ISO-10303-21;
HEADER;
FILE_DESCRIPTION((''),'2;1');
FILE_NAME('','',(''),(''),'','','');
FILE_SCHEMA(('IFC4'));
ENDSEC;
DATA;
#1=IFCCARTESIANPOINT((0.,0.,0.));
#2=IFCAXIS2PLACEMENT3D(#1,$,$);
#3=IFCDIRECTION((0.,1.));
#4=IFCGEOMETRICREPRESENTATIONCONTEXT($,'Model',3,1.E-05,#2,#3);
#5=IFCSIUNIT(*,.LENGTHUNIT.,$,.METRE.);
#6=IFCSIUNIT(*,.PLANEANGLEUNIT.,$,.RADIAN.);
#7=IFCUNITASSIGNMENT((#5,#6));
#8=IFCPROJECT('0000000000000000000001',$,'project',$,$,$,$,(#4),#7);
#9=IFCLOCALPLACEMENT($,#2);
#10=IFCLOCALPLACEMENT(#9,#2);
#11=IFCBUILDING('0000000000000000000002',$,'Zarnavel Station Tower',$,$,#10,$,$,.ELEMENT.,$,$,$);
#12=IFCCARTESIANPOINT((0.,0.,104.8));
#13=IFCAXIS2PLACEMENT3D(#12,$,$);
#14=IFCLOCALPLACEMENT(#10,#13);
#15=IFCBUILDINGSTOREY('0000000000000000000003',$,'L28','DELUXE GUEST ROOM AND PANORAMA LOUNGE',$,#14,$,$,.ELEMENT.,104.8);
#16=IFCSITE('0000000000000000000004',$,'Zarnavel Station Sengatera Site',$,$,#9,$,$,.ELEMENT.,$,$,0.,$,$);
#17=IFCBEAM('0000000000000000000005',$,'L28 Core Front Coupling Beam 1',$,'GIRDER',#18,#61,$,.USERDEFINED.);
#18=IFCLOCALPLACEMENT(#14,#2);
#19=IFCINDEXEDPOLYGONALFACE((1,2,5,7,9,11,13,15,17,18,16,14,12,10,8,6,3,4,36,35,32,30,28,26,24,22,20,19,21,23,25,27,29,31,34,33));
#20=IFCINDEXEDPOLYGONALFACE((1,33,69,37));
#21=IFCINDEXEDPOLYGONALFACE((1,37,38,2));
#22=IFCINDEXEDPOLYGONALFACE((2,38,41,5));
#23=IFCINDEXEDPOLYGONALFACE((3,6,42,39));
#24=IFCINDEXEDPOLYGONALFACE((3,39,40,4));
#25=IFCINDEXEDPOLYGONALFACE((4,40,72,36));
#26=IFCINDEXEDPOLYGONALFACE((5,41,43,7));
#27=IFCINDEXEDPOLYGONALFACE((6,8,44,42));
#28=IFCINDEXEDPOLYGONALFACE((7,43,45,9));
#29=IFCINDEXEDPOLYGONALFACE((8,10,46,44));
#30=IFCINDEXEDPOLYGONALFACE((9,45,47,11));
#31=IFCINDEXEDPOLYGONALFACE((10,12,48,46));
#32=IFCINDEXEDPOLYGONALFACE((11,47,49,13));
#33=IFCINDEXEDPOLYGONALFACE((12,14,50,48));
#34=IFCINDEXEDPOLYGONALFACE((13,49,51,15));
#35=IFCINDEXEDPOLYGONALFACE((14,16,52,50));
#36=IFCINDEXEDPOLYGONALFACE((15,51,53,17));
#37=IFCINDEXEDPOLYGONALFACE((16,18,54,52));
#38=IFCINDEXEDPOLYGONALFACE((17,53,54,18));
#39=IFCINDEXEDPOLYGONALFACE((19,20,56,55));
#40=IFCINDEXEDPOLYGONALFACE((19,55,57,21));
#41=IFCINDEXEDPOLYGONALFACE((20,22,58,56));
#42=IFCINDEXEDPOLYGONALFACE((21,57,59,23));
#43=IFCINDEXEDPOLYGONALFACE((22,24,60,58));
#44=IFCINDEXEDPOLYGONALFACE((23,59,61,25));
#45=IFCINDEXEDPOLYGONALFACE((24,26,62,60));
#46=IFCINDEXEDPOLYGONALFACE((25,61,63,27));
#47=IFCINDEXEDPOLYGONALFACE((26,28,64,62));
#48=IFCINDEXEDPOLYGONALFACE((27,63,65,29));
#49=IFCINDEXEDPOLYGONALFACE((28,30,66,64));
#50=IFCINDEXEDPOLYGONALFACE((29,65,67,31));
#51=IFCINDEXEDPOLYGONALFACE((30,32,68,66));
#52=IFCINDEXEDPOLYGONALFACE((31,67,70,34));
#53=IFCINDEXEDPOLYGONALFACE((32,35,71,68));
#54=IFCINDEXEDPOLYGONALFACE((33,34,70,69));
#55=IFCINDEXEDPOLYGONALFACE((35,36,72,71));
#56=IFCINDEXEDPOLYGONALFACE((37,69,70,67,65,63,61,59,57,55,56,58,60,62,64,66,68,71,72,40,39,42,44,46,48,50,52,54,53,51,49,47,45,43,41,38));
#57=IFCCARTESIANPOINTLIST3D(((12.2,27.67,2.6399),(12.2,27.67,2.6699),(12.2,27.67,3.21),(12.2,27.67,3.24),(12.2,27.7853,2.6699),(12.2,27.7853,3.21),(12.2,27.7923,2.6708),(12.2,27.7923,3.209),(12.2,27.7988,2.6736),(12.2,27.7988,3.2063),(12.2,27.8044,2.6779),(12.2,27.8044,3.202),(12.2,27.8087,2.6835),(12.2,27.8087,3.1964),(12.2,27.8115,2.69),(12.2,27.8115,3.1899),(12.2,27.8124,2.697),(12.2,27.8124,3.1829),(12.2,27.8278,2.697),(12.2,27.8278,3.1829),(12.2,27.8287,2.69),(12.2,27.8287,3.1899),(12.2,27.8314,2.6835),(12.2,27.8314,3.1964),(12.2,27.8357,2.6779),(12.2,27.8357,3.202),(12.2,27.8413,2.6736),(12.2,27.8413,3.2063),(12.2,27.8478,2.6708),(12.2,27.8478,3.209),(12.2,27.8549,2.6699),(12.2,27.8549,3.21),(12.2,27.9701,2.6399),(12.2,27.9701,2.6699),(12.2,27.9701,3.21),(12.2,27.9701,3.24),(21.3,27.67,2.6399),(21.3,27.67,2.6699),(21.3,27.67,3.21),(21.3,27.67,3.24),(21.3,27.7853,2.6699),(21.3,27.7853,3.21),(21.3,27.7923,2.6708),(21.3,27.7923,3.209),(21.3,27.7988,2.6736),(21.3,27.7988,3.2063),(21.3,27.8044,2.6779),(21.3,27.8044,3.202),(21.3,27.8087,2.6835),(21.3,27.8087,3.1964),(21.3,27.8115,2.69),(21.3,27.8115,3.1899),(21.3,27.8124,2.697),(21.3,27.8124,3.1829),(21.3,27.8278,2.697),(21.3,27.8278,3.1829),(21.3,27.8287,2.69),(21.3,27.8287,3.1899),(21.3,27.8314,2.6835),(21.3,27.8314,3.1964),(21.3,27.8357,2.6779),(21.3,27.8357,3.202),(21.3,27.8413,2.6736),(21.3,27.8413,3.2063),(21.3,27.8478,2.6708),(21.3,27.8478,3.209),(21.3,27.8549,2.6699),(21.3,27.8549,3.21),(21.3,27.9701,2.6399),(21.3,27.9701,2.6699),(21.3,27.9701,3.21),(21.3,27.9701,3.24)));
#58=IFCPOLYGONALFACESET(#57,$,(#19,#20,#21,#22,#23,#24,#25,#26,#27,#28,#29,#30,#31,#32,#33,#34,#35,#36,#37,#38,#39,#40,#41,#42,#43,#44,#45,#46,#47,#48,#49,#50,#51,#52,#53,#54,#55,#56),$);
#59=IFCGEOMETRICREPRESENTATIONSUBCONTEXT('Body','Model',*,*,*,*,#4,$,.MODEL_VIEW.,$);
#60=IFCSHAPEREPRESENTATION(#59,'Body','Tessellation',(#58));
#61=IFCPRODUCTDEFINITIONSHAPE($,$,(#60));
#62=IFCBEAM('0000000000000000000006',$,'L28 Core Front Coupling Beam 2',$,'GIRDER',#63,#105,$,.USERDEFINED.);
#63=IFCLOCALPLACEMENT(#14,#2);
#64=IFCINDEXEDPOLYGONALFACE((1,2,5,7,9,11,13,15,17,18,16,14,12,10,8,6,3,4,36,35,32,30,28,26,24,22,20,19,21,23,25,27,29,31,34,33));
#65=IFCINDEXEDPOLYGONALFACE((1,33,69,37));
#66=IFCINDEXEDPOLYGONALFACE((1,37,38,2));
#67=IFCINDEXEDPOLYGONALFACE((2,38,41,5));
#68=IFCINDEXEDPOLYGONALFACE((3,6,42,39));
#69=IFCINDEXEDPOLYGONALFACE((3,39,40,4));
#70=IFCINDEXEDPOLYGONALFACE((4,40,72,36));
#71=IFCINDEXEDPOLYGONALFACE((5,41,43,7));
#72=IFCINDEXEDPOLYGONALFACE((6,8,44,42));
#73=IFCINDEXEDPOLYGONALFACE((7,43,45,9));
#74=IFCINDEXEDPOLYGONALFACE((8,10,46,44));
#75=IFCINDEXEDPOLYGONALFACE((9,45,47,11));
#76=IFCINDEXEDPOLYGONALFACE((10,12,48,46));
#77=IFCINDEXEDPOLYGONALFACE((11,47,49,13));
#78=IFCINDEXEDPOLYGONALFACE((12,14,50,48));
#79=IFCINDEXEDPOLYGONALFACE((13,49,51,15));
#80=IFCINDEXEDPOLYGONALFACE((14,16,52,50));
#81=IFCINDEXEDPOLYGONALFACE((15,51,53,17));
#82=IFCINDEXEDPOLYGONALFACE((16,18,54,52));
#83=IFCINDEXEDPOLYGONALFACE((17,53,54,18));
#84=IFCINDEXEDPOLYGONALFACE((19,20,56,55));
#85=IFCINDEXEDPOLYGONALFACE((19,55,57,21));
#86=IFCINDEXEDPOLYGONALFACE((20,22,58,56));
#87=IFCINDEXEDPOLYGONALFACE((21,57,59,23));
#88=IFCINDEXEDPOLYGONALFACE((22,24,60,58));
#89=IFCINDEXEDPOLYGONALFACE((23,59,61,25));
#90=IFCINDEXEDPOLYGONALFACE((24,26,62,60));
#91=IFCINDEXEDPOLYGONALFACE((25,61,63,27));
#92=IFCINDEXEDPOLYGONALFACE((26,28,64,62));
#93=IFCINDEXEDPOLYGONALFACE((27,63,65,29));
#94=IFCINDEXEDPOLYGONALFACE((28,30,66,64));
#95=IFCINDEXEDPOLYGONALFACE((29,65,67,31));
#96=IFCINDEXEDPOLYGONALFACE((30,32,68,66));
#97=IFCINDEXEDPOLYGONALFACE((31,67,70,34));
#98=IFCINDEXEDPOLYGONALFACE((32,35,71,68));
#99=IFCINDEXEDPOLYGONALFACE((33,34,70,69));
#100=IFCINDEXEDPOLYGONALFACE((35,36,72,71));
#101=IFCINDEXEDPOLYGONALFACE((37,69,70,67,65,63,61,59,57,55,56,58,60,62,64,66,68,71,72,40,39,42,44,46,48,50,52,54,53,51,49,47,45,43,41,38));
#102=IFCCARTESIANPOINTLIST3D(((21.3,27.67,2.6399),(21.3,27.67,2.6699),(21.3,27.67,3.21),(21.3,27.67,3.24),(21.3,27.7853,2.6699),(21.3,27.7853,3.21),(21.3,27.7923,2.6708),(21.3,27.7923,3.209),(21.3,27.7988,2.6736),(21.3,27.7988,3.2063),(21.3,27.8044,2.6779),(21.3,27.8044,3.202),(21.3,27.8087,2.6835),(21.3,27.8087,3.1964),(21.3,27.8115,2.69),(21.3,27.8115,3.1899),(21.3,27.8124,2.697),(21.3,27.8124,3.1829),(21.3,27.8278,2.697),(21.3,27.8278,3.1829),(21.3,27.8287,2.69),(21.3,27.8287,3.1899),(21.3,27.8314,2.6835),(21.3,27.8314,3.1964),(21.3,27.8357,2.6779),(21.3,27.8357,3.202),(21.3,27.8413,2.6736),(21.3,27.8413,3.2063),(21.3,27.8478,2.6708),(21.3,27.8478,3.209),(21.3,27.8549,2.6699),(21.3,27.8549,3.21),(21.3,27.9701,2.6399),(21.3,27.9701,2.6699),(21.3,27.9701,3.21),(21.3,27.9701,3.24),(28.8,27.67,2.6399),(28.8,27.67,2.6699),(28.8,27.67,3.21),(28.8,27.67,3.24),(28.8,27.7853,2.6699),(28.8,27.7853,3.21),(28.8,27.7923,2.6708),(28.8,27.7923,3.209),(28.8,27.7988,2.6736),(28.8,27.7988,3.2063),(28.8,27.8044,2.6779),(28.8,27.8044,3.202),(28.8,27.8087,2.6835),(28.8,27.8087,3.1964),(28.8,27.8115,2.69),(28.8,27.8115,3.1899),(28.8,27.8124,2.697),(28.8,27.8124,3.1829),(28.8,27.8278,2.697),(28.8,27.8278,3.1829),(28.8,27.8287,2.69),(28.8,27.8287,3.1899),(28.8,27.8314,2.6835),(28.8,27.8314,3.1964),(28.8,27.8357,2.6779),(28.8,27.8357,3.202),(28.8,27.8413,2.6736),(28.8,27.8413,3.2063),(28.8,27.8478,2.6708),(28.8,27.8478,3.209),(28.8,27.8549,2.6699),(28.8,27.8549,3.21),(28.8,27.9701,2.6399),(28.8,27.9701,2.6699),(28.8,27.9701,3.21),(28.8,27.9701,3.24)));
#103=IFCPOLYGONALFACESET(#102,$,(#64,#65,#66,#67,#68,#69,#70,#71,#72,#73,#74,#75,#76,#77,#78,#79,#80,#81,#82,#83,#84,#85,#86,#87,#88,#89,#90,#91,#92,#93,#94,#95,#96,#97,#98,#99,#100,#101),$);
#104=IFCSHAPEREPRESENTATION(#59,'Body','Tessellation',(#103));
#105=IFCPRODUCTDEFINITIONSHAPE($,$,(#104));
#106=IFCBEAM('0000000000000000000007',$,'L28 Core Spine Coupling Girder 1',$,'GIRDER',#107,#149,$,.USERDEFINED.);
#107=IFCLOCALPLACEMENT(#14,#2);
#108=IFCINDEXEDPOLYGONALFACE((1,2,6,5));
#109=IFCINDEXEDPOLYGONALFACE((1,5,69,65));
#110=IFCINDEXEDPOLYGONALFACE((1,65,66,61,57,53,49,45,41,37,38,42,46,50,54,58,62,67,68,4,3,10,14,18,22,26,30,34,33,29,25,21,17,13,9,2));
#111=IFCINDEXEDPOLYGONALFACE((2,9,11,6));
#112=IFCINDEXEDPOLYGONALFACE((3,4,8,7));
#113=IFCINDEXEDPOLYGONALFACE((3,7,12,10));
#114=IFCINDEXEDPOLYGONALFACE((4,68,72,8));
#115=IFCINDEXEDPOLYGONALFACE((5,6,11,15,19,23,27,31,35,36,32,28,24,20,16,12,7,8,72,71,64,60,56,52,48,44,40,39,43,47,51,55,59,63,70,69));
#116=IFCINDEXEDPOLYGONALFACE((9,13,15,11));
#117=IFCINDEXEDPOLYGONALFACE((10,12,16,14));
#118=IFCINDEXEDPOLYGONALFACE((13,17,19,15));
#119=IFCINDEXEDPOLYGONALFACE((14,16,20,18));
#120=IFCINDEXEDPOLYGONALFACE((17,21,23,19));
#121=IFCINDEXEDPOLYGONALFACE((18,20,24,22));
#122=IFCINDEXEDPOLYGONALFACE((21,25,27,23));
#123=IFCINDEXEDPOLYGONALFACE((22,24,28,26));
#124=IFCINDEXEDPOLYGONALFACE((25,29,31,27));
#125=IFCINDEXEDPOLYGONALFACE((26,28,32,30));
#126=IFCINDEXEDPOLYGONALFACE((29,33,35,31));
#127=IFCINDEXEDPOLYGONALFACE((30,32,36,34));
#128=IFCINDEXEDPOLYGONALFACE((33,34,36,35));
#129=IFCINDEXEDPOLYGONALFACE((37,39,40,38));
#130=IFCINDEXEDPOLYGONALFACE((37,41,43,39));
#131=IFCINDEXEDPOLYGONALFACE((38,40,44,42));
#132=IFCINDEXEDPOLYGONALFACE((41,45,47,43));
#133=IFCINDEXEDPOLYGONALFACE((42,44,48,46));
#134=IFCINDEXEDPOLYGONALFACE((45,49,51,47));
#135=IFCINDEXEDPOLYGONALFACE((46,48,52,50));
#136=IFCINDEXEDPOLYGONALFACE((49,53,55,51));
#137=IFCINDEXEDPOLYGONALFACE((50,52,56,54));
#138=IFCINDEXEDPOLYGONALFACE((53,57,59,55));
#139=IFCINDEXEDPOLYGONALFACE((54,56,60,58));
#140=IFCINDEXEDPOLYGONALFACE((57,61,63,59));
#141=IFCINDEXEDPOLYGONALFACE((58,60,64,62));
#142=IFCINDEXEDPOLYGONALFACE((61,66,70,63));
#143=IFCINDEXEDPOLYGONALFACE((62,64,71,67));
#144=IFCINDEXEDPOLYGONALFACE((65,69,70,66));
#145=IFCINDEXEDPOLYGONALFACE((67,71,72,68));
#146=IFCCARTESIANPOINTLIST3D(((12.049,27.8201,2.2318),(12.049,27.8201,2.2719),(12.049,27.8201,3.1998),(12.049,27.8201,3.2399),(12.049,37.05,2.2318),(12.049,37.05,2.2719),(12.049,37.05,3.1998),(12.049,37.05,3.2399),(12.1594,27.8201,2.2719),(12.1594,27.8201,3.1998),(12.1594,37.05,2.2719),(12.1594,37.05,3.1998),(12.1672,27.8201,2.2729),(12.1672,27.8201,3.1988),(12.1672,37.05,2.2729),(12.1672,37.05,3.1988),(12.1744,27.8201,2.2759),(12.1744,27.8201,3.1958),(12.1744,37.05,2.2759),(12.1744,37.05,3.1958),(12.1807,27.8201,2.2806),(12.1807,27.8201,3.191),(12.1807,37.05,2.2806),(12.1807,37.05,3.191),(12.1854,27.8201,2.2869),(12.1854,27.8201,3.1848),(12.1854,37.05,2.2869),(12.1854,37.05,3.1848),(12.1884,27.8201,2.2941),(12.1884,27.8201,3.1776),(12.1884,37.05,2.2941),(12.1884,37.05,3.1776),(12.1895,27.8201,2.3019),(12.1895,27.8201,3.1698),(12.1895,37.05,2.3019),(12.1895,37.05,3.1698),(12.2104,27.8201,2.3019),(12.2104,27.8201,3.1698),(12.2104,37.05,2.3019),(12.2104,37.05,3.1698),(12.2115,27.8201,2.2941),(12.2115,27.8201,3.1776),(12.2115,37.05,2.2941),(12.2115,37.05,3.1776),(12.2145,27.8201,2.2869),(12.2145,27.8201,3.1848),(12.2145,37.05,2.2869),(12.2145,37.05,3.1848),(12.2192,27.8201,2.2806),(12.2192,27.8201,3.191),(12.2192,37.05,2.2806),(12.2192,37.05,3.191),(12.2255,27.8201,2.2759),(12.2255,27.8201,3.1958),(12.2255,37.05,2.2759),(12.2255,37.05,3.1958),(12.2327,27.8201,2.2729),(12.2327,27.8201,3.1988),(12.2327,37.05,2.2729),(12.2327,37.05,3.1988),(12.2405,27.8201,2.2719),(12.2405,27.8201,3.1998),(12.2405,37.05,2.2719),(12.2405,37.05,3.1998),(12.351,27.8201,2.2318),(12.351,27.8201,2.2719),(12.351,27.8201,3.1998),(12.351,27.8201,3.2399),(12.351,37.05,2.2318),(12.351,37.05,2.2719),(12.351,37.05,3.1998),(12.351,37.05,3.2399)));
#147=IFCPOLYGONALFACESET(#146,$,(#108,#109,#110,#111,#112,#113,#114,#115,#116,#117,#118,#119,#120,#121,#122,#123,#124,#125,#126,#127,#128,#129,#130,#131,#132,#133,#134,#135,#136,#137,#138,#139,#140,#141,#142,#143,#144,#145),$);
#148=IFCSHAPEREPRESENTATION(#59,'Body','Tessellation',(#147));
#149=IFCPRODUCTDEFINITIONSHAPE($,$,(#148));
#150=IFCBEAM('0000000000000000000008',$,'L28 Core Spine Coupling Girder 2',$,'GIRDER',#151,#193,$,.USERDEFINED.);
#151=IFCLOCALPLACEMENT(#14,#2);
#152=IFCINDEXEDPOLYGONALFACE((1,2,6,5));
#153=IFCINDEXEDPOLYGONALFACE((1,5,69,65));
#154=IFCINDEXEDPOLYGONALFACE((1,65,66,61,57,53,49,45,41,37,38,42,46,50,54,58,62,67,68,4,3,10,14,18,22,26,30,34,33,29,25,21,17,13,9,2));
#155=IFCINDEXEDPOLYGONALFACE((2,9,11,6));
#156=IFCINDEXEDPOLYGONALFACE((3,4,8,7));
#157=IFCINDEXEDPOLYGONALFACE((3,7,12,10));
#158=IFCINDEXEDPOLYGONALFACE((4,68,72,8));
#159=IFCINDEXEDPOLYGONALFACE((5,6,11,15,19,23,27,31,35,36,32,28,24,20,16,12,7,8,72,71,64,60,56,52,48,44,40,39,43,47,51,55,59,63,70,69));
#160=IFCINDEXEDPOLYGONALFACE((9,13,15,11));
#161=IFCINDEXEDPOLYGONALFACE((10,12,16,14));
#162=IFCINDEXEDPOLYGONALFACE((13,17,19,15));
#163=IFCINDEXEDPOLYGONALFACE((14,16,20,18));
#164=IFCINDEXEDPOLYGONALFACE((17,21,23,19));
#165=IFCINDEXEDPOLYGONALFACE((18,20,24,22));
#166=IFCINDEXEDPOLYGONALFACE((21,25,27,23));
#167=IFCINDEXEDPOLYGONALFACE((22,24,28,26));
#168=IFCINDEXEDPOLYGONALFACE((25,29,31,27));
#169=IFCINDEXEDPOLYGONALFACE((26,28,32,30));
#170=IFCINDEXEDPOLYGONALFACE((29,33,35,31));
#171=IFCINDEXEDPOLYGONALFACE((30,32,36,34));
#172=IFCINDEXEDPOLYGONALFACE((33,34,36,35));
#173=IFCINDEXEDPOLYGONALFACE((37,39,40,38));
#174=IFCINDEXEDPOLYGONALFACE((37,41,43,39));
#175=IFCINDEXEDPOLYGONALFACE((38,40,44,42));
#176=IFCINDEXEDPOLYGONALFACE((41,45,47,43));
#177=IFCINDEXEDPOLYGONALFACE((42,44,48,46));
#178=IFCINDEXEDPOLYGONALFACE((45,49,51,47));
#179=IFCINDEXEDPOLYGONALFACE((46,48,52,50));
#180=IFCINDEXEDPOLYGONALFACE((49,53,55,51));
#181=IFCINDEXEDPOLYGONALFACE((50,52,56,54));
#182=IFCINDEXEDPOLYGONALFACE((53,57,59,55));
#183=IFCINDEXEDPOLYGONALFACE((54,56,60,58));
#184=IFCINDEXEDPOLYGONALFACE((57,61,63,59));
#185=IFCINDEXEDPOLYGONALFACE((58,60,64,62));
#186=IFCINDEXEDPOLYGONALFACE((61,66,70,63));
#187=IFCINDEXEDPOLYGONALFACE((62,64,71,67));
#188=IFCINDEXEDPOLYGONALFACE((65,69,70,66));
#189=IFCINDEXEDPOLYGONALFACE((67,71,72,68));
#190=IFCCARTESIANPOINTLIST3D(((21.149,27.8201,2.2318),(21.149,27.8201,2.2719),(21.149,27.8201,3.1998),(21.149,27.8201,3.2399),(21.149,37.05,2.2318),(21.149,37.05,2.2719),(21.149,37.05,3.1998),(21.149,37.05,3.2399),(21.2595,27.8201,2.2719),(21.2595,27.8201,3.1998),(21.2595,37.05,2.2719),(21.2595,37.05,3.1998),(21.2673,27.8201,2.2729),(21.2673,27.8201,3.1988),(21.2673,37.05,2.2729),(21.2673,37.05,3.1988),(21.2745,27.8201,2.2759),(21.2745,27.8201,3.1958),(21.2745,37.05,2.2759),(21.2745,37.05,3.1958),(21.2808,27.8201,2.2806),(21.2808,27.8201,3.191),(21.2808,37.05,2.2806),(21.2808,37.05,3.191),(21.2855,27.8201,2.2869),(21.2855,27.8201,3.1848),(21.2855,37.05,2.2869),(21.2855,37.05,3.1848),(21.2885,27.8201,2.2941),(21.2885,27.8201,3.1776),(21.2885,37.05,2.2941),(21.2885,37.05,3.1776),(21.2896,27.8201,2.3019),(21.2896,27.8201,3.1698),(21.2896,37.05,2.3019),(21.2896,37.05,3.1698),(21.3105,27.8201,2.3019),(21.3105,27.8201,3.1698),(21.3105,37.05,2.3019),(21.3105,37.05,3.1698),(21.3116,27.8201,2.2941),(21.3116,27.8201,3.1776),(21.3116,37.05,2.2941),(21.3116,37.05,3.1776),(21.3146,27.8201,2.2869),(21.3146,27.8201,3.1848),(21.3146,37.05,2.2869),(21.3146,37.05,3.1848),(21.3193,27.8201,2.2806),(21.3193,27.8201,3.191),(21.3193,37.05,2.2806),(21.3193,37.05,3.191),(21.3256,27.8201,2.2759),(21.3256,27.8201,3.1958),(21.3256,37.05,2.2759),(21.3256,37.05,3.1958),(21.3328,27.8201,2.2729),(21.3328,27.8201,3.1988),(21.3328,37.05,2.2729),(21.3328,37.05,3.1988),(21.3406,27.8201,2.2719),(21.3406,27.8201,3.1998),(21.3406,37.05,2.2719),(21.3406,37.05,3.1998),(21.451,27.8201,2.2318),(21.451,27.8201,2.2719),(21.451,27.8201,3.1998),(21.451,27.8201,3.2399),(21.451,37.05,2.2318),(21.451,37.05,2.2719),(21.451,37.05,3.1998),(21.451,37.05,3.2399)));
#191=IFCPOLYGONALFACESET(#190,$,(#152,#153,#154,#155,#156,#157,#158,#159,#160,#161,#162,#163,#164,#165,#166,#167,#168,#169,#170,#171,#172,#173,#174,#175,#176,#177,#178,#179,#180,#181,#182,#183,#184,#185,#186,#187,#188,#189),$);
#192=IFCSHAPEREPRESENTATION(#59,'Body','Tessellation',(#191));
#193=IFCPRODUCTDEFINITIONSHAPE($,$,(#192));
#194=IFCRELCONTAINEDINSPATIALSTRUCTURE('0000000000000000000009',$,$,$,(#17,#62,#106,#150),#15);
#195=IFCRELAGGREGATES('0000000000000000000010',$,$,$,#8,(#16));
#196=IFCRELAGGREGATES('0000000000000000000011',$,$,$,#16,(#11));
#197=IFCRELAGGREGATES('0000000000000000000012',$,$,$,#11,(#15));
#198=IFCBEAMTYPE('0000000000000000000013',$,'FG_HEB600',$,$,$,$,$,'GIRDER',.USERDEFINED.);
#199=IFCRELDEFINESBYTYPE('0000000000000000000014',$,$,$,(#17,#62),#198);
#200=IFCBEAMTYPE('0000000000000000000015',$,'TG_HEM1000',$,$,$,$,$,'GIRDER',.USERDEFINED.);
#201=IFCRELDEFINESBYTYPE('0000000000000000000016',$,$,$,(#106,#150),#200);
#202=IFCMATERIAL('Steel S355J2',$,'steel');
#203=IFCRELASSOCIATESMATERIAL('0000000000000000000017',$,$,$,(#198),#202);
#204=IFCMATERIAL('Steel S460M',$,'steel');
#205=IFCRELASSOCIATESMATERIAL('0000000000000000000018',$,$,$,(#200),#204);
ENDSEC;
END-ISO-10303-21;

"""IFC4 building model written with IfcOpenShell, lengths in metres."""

from ifc_helpers import new_model, si_unit, direction, frame, origin, origin_2d, place, context, subcontext, project, spatial, i_section, extrude, material, material_profile, profile_set, type_object, element, save


model = new_model("IFC4")

# Units and contexts
model_context = context("Model", 3, precision=1e-05, world=origin(), true_north=direction((0.0, 1.0)))
body_context = subcontext(model_context, "Body", "Model", "MODEL_VIEW")
ifc_project = project(units=[si_unit("LENGTHUNIT", "METRE"), si_unit("PLANEANGLEUNIT", "RADIAN")], contexts=[model_context])

# Site, building, storey
site_placement = place(None, origin())
site = spatial("IfcSite", under=ifc_project, at=site_placement, Name="Zarnavel Station Sengatera Site", CompositionType="ELEMENT", RefElevation=0.0)
building_placement = place(site_placement, origin())
building = spatial("IfcBuilding", under=site, at=building_placement, Name="Zarnavel Station Tower", CompositionType="ELEMENT")
storey_placement = place(building_placement, frame((0.0, 0.0, 104.8)))
storey = spatial("IfcBuildingStorey", under=building, at=storey_placement, Name="L28", Description="DELUXE GUEST ROOM AND PANORAMA LOUNGE", CompositionType="ELEMENT", Elevation=104.8)

# Beams
ifc_material_1 = material(Name="Steel S355J2", Category="steel")
ifc_material_profile_1 = material_profile(ifc_material_1, i_section(OverallWidth=0.3, OverallDepth=0.6001, WebThickness=0.0154, FlangeThickness=0.03, FilletRadius=0.0271, at=origin_2d()), Name="HEB600")
ifc_profile_set_1 = profile_set([ifc_material_profile_1], Name="Steel S355J2")
beam_type_1 = type_object("IfcBeamType", Name="FG_HEB600", ElementType="GIRDER", PredefinedType="USERDEFINED", material=ifc_profile_set_1)
beam_1_placement = place(storey_placement, frame((12.2, 27.8201, 2.9399), z_axis=(1.0, 0.0, 0.0), x_axis=(0.0, 1.0, 0.0)))
element("IfcBeam", 1, at=beam_1_placement, inside=storey, type_object=beam_type_1, Name="L28 Core Front Coupling Beam 1", ObjectType="GIRDER", PredefinedType="USERDEFINED", context=body_context, shape_type="SweptSolid", body=[
    extrude(i_section(OverallWidth=0.3, OverallDepth=0.6001, WebThickness=0.0154, FlangeThickness=0.03, FilletRadius=0.0271, at=origin_2d()), origin(), (0.0, 0.0, 1.0), 9.1001),
])
beam_2_placement = place(storey_placement, frame((21.3, 27.8201, 2.9399), z_axis=(1.0, 0.0, 0.0), x_axis=(0.0, 1.0, 0.0)))
element("IfcBeam", 2, at=beam_2_placement, inside=storey, type_object=beam_type_1, Name="L28 Core Front Coupling Beam 2", ObjectType="GIRDER", PredefinedType="USERDEFINED", context=body_context, shape_type="SweptSolid", body=[
    extrude(i_section(OverallWidth=0.3, OverallDepth=0.6001, WebThickness=0.0154, FlangeThickness=0.03, FilletRadius=0.0271, at=origin_2d()), origin(), (0.0, 0.0, 1.0), 7.5),
])
ifc_material_2 = material(Name="Steel S460M", Category="steel")
ifc_material_profile_2 = material_profile(ifc_material_2, i_section(OverallWidth=0.302, OverallDepth=1.0081, WebThickness=0.021, FlangeThickness=0.04, FilletRadius=0.03, at=origin_2d()), Name="HEM1000")
ifc_profile_set_2 = profile_set([ifc_material_profile_2], Name="Steel S460M")
beam_type_2 = type_object("IfcBeamType", Name="TG_HEM1000", ElementType="GIRDER", PredefinedType="USERDEFINED", material=ifc_profile_set_2)
for number, where, z_axis, x_axis, name in (
    (3, (12.2, 27.8201, 2.7358), (0.0, 1.0, 0.0), (-1.0, 0.0, 0.0), "L28 Core Spine Coupling Girder 1"),
    (4, (21.3, 27.8201, 2.7358), (0.0, 1.0, 0.0), (-1.0, 0.0, 0.0), "L28 Core Spine Coupling Girder 2"),
):
    element("IfcBeam", number, at=place(storey_placement, frame(where, z_axis=z_axis, x_axis=x_axis)), inside=storey, type_object=beam_type_2, Name=name, ObjectType="GIRDER", PredefinedType="USERDEFINED", context=body_context, shape_type="SweptSolid", body=[
        extrude(i_section(OverallWidth=0.302, OverallDepth=1.0081, WebThickness=0.021, FlangeThickness=0.04, FilletRadius=0.03, at=origin_2d()), origin(), (0.0, 0.0, 1.0), 9.23),
    ])

save(model, "model.ifc")
